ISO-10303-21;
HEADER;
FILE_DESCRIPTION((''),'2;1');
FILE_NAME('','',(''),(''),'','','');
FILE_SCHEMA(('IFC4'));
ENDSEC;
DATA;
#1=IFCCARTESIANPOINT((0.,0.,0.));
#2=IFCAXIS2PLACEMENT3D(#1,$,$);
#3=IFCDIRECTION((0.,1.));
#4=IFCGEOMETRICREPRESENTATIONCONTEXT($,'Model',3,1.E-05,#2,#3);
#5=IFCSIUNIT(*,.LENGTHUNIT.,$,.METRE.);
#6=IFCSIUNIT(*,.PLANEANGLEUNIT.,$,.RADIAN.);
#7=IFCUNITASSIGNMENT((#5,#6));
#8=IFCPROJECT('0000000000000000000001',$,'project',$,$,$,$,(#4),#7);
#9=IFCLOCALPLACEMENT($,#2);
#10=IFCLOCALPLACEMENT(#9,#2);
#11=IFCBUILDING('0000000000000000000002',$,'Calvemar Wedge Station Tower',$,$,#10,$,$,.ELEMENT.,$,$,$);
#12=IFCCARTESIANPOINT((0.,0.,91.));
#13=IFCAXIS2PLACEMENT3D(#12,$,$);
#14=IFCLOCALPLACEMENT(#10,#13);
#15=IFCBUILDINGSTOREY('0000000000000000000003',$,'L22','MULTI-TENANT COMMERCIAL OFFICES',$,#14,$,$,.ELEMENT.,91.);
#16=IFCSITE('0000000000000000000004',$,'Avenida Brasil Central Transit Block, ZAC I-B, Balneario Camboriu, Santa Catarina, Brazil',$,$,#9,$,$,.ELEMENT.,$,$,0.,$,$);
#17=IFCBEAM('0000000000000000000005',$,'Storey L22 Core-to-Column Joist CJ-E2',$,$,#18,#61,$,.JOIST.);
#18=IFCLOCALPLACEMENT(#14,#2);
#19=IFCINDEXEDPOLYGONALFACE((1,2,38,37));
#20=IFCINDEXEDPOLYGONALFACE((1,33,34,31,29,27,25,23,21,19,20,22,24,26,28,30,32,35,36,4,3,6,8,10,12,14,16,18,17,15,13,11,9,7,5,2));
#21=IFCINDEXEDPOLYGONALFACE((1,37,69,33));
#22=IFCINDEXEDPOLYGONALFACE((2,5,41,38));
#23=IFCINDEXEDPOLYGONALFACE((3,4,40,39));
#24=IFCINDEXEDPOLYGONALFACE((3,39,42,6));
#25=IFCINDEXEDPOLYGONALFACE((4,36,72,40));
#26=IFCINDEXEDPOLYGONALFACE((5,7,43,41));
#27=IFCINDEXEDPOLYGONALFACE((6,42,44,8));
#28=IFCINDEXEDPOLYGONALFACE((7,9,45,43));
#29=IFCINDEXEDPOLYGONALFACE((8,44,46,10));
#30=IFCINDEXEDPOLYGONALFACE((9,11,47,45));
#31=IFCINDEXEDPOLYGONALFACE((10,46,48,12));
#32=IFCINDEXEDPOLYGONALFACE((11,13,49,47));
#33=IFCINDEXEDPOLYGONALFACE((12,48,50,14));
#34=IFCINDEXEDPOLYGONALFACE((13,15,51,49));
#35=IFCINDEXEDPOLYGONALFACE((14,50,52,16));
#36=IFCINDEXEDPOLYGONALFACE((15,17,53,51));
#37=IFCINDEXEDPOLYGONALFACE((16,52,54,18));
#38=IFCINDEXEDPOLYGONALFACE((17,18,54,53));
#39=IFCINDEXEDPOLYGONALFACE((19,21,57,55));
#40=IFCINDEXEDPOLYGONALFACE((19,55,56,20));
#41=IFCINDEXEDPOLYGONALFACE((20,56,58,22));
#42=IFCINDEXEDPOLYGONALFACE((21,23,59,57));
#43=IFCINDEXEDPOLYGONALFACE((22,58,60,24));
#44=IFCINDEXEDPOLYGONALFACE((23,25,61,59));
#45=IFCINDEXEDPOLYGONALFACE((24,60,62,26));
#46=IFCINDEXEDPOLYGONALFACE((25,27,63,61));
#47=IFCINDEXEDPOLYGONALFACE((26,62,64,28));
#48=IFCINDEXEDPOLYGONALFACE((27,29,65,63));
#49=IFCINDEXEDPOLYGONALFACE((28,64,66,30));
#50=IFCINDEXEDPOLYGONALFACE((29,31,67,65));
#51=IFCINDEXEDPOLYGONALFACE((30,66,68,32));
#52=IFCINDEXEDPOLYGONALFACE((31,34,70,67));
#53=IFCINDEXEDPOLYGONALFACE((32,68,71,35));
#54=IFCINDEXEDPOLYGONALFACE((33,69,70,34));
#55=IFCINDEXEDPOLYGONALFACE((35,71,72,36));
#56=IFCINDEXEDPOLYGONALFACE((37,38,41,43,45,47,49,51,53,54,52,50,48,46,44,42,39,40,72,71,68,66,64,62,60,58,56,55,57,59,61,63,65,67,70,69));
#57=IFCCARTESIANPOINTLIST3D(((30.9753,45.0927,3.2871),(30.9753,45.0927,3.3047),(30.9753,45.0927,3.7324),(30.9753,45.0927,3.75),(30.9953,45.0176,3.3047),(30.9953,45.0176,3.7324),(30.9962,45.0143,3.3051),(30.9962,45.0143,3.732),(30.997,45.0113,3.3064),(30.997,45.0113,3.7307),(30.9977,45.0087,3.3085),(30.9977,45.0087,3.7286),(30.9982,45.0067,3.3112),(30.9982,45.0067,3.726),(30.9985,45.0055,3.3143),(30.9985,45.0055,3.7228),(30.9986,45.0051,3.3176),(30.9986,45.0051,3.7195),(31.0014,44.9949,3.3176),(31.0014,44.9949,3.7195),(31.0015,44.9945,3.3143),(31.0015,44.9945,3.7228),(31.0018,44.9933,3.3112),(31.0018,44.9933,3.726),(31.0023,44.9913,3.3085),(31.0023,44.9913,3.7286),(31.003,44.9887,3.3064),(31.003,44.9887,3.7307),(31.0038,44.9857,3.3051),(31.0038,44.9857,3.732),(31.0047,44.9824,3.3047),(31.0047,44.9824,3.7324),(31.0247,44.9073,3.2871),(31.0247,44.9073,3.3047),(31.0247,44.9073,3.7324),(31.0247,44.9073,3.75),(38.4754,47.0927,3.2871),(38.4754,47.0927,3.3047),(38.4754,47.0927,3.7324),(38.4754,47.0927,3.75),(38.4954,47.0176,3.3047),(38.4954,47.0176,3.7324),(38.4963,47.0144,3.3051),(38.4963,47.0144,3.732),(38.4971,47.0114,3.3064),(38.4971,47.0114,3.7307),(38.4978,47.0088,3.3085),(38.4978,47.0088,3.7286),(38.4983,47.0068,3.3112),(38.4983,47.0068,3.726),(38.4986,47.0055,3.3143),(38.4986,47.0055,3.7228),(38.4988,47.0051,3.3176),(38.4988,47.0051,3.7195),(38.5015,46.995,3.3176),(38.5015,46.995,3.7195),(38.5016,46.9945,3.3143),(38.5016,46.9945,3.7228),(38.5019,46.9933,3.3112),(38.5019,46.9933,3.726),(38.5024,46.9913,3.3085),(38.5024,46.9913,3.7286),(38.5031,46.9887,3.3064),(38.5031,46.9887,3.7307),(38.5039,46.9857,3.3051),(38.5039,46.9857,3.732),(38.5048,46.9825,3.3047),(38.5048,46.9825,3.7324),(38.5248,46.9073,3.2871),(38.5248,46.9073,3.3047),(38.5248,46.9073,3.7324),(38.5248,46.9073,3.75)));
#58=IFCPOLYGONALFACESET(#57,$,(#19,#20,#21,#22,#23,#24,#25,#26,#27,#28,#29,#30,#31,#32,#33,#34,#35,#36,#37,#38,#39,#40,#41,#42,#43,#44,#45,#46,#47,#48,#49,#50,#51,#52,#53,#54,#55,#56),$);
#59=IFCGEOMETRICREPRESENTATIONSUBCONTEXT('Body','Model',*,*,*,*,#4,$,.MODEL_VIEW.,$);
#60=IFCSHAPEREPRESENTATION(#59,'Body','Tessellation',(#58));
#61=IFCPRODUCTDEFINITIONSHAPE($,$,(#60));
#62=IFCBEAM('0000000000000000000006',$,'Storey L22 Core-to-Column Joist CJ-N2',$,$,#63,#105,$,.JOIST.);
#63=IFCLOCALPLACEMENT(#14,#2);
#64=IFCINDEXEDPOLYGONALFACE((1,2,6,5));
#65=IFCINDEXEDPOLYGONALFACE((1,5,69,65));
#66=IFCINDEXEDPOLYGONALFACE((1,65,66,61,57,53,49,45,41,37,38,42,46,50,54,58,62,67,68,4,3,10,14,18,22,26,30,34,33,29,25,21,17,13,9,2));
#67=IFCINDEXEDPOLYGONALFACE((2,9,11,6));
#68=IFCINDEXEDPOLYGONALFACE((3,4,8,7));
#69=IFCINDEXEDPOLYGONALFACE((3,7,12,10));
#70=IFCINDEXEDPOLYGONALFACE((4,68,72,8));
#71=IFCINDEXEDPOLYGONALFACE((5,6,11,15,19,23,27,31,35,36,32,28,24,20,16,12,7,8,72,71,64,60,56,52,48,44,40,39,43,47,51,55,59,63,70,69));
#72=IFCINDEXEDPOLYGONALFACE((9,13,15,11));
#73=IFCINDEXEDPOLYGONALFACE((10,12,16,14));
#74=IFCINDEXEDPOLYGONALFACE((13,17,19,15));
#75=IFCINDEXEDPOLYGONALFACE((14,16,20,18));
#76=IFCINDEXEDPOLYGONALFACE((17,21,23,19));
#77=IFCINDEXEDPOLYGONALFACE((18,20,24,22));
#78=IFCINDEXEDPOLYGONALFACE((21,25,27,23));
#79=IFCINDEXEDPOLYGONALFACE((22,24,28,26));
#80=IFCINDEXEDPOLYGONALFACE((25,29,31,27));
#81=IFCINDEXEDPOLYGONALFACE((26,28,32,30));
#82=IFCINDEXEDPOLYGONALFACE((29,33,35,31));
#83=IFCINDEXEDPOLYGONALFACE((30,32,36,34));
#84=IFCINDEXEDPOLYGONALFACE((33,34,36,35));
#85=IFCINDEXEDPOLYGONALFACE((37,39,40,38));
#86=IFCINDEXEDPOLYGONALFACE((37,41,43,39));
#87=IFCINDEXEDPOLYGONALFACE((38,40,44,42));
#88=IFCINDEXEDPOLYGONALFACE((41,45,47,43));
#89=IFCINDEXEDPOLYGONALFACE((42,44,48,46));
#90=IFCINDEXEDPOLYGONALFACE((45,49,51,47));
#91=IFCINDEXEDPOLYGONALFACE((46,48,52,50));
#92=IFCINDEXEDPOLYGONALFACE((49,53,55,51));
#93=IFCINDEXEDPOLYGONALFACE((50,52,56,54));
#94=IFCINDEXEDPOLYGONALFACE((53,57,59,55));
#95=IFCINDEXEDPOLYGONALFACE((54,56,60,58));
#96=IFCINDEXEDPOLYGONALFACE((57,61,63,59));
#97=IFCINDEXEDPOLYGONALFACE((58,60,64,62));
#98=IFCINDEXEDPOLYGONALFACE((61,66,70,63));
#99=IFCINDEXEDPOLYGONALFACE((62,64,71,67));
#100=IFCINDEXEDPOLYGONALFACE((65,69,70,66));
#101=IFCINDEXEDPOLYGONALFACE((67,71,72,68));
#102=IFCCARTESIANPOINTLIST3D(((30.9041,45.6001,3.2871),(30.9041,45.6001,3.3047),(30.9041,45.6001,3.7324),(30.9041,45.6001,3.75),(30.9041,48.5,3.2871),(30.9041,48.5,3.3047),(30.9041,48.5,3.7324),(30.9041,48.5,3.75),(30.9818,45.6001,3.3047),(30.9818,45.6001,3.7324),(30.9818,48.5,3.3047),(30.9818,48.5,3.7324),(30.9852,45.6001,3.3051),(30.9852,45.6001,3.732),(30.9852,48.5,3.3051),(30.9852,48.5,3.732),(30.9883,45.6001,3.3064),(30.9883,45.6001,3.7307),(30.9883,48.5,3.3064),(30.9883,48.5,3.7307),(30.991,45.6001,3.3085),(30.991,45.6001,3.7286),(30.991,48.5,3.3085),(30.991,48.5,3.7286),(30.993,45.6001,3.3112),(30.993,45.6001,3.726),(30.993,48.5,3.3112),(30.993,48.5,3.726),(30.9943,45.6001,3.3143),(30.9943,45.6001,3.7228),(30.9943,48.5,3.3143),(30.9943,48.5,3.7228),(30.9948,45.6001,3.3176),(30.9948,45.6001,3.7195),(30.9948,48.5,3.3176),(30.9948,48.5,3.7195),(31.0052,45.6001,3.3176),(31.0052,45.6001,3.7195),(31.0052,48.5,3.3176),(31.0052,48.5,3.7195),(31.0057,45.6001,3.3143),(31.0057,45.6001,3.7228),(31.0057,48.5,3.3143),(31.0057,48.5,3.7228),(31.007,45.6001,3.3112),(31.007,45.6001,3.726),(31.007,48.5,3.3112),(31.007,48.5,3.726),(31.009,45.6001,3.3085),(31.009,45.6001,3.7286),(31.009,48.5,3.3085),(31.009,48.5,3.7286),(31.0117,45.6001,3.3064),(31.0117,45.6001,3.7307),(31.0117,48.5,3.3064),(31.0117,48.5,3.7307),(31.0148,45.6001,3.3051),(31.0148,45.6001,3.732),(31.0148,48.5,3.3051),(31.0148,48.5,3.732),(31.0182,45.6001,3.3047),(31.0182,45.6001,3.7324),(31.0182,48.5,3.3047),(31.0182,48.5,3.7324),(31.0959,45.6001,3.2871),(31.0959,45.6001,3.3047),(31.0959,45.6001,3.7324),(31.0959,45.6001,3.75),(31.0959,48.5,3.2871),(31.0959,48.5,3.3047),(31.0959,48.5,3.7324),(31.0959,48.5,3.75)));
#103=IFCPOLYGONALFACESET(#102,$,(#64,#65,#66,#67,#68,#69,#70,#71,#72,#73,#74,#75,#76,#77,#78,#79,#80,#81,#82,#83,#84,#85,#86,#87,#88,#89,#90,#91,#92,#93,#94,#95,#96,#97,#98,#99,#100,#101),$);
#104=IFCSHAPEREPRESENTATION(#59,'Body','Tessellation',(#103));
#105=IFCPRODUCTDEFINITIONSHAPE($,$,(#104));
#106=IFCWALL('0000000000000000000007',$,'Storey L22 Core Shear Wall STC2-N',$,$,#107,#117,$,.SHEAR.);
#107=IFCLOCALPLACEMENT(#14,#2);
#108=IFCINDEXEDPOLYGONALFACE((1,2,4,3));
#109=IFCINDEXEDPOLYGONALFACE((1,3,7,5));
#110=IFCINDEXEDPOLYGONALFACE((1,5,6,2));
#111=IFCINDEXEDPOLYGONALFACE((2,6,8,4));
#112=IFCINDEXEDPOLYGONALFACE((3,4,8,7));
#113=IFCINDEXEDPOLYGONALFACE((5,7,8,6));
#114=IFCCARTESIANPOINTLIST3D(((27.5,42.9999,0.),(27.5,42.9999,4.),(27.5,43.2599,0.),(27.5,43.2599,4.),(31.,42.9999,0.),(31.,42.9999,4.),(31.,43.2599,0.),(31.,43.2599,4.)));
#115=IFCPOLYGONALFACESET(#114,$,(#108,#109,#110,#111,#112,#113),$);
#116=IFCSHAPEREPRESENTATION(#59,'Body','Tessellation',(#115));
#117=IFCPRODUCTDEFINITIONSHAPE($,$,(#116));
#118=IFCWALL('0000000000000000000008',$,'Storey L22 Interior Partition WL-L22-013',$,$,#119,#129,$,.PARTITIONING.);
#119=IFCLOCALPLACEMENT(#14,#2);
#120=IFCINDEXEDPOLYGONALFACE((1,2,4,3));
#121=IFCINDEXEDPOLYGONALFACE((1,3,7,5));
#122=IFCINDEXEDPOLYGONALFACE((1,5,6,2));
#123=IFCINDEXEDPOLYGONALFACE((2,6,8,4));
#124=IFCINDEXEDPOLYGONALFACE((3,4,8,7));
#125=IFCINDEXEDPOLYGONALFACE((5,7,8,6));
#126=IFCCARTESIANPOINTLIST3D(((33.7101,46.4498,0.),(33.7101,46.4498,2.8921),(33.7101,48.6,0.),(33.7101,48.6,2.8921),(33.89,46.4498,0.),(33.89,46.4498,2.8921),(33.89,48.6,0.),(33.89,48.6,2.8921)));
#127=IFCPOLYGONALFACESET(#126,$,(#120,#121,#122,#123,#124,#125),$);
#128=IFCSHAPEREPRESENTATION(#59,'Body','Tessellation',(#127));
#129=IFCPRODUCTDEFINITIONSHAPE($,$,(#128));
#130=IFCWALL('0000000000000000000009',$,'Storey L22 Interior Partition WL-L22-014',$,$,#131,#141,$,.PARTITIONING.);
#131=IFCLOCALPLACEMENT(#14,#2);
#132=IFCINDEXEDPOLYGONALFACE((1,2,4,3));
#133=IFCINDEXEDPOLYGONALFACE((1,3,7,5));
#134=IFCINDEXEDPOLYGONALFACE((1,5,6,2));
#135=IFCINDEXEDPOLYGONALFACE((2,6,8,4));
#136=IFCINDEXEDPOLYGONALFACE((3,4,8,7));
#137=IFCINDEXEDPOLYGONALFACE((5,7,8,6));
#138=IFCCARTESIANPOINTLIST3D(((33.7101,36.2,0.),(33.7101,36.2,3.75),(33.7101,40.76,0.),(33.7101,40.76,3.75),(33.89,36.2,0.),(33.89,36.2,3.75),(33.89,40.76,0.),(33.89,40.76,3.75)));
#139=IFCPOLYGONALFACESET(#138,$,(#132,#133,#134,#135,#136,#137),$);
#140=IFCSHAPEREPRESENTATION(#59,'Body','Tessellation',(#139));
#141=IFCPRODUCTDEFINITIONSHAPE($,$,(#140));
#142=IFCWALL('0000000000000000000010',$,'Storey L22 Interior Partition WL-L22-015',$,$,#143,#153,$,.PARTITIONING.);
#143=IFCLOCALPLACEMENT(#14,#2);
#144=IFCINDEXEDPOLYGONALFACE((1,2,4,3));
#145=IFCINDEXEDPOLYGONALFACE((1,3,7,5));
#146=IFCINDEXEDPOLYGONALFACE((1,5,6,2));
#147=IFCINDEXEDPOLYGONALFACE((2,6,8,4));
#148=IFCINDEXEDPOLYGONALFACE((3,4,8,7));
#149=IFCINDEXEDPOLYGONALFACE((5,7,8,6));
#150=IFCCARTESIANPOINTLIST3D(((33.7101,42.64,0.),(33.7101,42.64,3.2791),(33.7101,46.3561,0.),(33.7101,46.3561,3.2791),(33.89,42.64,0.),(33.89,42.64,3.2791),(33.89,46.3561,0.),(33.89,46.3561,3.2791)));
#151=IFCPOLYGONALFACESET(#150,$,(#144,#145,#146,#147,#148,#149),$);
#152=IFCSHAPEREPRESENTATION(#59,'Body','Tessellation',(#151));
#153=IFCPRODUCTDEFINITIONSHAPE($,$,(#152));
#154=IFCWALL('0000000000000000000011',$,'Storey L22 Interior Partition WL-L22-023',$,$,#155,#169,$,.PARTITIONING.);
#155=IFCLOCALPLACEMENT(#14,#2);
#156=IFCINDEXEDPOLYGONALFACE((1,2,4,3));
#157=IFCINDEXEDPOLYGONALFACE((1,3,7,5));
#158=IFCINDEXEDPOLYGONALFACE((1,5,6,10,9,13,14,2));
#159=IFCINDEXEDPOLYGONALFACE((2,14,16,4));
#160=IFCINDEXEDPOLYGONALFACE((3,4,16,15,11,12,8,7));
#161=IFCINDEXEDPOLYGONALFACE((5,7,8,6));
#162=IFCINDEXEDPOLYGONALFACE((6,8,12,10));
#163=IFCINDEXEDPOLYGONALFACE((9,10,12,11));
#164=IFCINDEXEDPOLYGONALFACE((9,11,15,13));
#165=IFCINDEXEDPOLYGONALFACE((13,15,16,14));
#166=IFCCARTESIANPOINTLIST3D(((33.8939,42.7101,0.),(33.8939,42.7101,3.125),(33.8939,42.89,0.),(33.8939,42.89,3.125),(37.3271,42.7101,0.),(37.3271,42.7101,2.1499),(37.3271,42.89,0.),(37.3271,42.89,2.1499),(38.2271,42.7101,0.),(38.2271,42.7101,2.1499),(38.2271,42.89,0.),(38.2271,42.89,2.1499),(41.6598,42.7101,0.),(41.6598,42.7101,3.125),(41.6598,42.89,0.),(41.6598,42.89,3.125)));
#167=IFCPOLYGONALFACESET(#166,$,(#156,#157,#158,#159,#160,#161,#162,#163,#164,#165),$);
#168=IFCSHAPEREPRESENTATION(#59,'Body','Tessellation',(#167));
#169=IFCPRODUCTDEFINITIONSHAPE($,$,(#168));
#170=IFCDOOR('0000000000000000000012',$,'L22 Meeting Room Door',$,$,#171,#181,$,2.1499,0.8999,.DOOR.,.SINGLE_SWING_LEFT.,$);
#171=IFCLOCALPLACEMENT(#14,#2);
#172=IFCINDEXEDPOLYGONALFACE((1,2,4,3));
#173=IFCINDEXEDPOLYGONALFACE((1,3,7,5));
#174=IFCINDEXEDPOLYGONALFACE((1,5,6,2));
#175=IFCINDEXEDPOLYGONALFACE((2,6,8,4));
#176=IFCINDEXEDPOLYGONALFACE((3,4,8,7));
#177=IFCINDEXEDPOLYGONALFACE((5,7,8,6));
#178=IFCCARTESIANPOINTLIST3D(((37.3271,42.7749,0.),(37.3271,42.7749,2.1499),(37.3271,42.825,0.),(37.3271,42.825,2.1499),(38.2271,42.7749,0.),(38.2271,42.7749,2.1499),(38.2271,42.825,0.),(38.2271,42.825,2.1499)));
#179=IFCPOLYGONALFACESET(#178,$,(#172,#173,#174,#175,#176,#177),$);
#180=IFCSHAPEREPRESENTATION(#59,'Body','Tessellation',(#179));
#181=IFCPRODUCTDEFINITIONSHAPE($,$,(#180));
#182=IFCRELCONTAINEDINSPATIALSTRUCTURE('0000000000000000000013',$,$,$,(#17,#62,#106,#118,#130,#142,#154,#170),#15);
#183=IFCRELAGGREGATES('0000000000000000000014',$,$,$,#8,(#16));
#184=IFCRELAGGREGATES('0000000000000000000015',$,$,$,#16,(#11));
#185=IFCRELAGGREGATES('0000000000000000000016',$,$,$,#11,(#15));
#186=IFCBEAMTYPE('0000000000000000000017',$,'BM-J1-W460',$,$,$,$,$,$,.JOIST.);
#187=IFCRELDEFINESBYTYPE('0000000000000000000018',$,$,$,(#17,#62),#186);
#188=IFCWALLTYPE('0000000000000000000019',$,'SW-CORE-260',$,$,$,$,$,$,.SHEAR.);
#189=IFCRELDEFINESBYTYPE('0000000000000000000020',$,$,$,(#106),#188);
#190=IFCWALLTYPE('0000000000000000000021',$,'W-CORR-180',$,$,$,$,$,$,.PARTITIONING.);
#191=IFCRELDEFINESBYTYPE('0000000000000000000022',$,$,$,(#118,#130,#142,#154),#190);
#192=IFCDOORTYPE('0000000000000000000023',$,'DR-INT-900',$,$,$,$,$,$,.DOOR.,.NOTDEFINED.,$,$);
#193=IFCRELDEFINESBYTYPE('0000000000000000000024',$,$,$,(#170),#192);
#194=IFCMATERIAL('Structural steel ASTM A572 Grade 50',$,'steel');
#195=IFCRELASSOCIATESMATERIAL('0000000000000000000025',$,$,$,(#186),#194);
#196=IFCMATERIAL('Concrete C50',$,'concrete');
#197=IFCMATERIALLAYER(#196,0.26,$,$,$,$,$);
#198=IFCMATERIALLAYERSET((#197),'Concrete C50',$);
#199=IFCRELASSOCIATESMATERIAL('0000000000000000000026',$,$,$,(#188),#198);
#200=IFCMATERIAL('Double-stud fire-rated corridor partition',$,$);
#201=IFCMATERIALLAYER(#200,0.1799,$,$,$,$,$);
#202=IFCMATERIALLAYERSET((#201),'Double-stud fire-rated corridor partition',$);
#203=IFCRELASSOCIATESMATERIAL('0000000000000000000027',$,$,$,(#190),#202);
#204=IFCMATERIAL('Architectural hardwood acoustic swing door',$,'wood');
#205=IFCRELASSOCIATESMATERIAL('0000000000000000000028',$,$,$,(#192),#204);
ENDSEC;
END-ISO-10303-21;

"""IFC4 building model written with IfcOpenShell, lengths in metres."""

from ifc_helpers import new_model, si_unit, direction, frame, frame_2d, origin, origin_2d, place, context, subcontext, project, spatial, rectangle, i_section, extrude, source, transform, mapped, material, layer, layer_set, material_profile, profile_set, type_object, element, fill, save


model = new_model("IFC4")

# Units and contexts
model_context = context("Model", 3, precision=1e-05, world=origin(), true_north=direction((0.0, 1.0)))
body_context = subcontext(model_context, "Body", "Model", "MODEL_VIEW")
ifc_project = project(units=[si_unit("LENGTHUNIT", "METRE"), si_unit("PLANEANGLEUNIT", "RADIAN")], contexts=[model_context])

# Site, building, storey
site_placement = place(None, origin())
site = spatial("IfcSite", under=ifc_project, at=site_placement, Name="Avenida Brasil Central Transit Block, ZAC I-B, Balneario Camboriu, Santa Catarina, Brazil", CompositionType="ELEMENT", RefElevation=0.0)
building_placement = place(site_placement, origin())
building = spatial("IfcBuilding", under=site, at=building_placement, Name="Calvemar Wedge Station Tower", CompositionType="ELEMENT")
storey_placement = place(building_placement, frame((0.0, 0.0, 91.0)))
storey = spatial("IfcBuildingStorey", under=building, at=storey_placement, Name="L22", Description="MULTI-TENANT COMMERCIAL OFFICES", CompositionType="ELEMENT", Elevation=91.0)

# Beams
ifc_material_1 = material(Name="Structural steel ASTM A572 Grade 50", Category="steel")
ifc_material_profile_1 = material_profile(ifc_material_1, i_section(OverallWidth=0.1919, OverallDepth=0.4629, WebThickness=0.0105, FlangeThickness=0.0176, FilletRadius=0.0129, at=origin_2d()), Name="W460x89")
ifc_profile_set_1 = profile_set([ifc_material_profile_1], Name="Structural steel ASTM A572 Grade 50")
beam_type_1 = type_object("IfcBeamType", Name="BM-J1-W460", PredefinedType="JOIST", material=ifc_profile_set_1)
shared_shape_1 = source(origin(), body_context, "Body", "SweptSolid", [
    extrude(i_section(OverallWidth=0.1919, OverallDepth=0.4629, WebThickness=0.0105, FlangeThickness=0.0176, FilletRadius=0.0129, at=origin_2d()), origin(), (0.0, 0.0, 1.0), 7.7622),
])
beam_1_placement = place(storey_placement, frame((31.0, 45.0, 3.5186), z_axis=(0.966235, 0.257663, 0.0), x_axis=(-0.257663, 0.966235, 0.0)))
element("IfcBeam", 1, at=beam_1_placement, inside=storey, type_object=beam_type_1, Name="Storey L22 Core-to-Column Joist CJ-E2", PredefinedType="JOIST", context=body_context, shape_type="MappedRepresentation", body=[
    mapped(shared_shape_1, transform((0.0, 0.0, 0.0), scale=1.0)),
])
shared_shape_2 = source(origin(), body_context, "Body", "SweptSolid", [
    extrude(i_section(OverallWidth=0.1919, OverallDepth=0.4629, WebThickness=0.0105, FlangeThickness=0.0176, FilletRadius=0.0129, at=origin_2d()), origin(), (0.0, 0.0, 1.0), 2.8999),
])
beam_2_placement = place(storey_placement, frame((31.0, 45.6001, 3.5186), z_axis=(0.0, 1.0, 0.0), x_axis=(-1.0, 0.0, 0.0)))
element("IfcBeam", 2, at=beam_2_placement, inside=storey, type_object=beam_type_1, Name="Storey L22 Core-to-Column Joist CJ-N2", PredefinedType="JOIST", context=body_context, shape_type="MappedRepresentation", body=[
    mapped(shared_shape_2, transform((0.0, 0.0, 0.0), scale=1.0)),
])

# Walls
ifc_material_2 = material(Name="Concrete C50", Category="concrete")
ifc_layer_1 = layer(ifc_material_2, 0.26)
ifc_layer_set_1 = layer_set([ifc_layer_1], Name="Concrete C50")
wall_type_1 = type_object("IfcWallType", Name="SW-CORE-260", PredefinedType="SHEAR", material=ifc_layer_set_1)
wall_1_placement = place(storey_placement, frame((27.5, 43.1299, 0.0), z_axis=(0.0, 0.0, 1.0), x_axis=(1.0, 0.0, 0.0)))
element("IfcWall", 3, at=wall_1_placement, inside=storey, type_object=wall_type_1, Name="Storey L22 Core Shear Wall STC2-N", PredefinedType="SHEAR", context=body_context, shape_type="SweptSolid", body=[
    extrude(rectangle(XDim=3.5, YDim=0.26, at=frame_2d((1.75, 0.0))), origin(), (0.0, 0.0, 1.0), 4.0),
])
ifc_material_3 = material(Name="Double-stud fire-rated corridor partition")
ifc_layer_2 = layer(ifc_material_3, 0.1799)
ifc_layer_set_2 = layer_set([ifc_layer_2], Name="Double-stud fire-rated corridor partition")
wall_type_2 = type_object("IfcWallType", Name="W-CORR-180", PredefinedType="PARTITIONING", material=ifc_layer_set_2)
wall_2_placement = place(storey_placement, frame((33.8, 48.6001, 0.0), z_axis=(0.0, 0.0, 1.0), x_axis=(0.0, -1.0, 0.0)))
element("IfcWall", 4, at=wall_2_placement, inside=storey, type_object=wall_type_2, Name="Storey L22 Interior Partition WL-L22-013", PredefinedType="PARTITIONING", context=body_context, shape_type="SweptSolid", body=[
    extrude(rectangle(XDim=2.1501, YDim=0.1799, at=frame_2d((1.0752, 0.0))), origin(), (0.0, 0.0, 1.0), 2.8921),
])
wall_3_placement = place(storey_placement, frame((33.8, 40.76, 0.0), z_axis=(0.0, 0.0, 1.0), x_axis=(0.0, -1.0, 0.0)))
element("IfcWall", 5, at=wall_3_placement, inside=storey, type_object=wall_type_2, Name="Storey L22 Interior Partition WL-L22-014", PredefinedType="PARTITIONING", context=body_context, shape_type="SweptSolid", body=[
    extrude(rectangle(XDim=4.5601, YDim=0.1799, at=frame_2d((2.28, 0.0))), origin(), (0.0, 0.0, 1.0), 3.75),
])
wall_4_placement = place(storey_placement, frame((33.8, 46.356, 0.0), z_axis=(0.0, 0.0, 1.0), x_axis=(0.0, -1.0, 0.0)))
element("IfcWall", 6, at=wall_4_placement, inside=storey, type_object=wall_type_2, Name="Storey L22 Interior Partition WL-L22-015", PredefinedType="PARTITIONING", context=body_context, shape_type="SweptSolid", body=[
    extrude(rectangle(XDim=3.7161, YDim=0.1799, at=frame_2d((1.8579, 0.0))), origin(), (0.0, 0.0, 1.0), 3.2791),
])

# Wall, opening, door
shared_shape_3 = source(origin(), body_context, "Body", "SweptSolid", [
    extrude(rectangle(XDim=0.8999, YDim=2.1499, at=frame_2d((0.45, 1.075))), frame((0.0, 0.1001, 0.0), z_axis=(0.0, -1.0, 0.0), x_axis=(1.0, 0.0, 0.0)), (0.0, 0.0, 1.0), 0.2),
])
ifc_material_4 = material(Name="Architectural hardwood acoustic swing door", Category="wood")
door_type = type_object("IfcDoorType", Name="DR-INT-900", OperationType="NOTDEFINED", PredefinedType="DOOR", material=ifc_material_4)
shared_shape_4 = source(origin(), body_context, "Body", "SweptSolid", [
    extrude(rectangle(XDim=0.8999, YDim=2.1499, at=frame_2d((0.45, 1.075))), frame((0.0, 0.0249, 0.0), z_axis=(0.0, -1.0, 0.0), x_axis=(1.0, 0.0, 0.0)), (0.0, 0.0, 1.0), 0.05),
])
wall_5_placement = place(storey_placement, frame((33.894, 42.8, 0.0), z_axis=(0.0, 0.0, 1.0), x_axis=(1.0, 0.0, 0.0)))
wall_5 = element("IfcWall", 7, at=wall_5_placement, inside=storey, type_object=wall_type_2, Name="Storey L22 Interior Partition WL-L22-023", PredefinedType="PARTITIONING", context=body_context, shape_type="SweptSolid", body=[
    extrude(rectangle(XDim=7.7659, YDim=0.1799, at=frame_2d((3.8828, 0.0))), origin(), (0.0, 0.0, 1.0), 3.125),
])
opening_1_placement = place(wall_5_placement, frame((3.4331, 0.0, 0.0)))
opening_1 = element("IfcOpeningElement", 8, at=opening_1_placement, cuts=wall_5, PredefinedType="OPENING", context=body_context, shape_type="MappedRepresentation", body=[
    mapped(shared_shape_3, transform((0.0, 0.0, 0.0), scale=1.0)),
])
door_1_placement = place(opening_1_placement, origin())
door_1 = element("IfcDoor", 9, at=door_1_placement, inside=storey, type_object=door_type, Name="L22 Meeting Room Door", OperationType="SINGLE_SWING_LEFT", OverallHeight=2.1499, OverallWidth=0.8999, PredefinedType="DOOR", context=body_context, shape_type="MappedRepresentation", body=[
    mapped(shared_shape_4, transform((0.0, 0.0, 0.0), scale=1.0)),
])
fill(opening_1, door_1)

save(model, "model.ifc")
